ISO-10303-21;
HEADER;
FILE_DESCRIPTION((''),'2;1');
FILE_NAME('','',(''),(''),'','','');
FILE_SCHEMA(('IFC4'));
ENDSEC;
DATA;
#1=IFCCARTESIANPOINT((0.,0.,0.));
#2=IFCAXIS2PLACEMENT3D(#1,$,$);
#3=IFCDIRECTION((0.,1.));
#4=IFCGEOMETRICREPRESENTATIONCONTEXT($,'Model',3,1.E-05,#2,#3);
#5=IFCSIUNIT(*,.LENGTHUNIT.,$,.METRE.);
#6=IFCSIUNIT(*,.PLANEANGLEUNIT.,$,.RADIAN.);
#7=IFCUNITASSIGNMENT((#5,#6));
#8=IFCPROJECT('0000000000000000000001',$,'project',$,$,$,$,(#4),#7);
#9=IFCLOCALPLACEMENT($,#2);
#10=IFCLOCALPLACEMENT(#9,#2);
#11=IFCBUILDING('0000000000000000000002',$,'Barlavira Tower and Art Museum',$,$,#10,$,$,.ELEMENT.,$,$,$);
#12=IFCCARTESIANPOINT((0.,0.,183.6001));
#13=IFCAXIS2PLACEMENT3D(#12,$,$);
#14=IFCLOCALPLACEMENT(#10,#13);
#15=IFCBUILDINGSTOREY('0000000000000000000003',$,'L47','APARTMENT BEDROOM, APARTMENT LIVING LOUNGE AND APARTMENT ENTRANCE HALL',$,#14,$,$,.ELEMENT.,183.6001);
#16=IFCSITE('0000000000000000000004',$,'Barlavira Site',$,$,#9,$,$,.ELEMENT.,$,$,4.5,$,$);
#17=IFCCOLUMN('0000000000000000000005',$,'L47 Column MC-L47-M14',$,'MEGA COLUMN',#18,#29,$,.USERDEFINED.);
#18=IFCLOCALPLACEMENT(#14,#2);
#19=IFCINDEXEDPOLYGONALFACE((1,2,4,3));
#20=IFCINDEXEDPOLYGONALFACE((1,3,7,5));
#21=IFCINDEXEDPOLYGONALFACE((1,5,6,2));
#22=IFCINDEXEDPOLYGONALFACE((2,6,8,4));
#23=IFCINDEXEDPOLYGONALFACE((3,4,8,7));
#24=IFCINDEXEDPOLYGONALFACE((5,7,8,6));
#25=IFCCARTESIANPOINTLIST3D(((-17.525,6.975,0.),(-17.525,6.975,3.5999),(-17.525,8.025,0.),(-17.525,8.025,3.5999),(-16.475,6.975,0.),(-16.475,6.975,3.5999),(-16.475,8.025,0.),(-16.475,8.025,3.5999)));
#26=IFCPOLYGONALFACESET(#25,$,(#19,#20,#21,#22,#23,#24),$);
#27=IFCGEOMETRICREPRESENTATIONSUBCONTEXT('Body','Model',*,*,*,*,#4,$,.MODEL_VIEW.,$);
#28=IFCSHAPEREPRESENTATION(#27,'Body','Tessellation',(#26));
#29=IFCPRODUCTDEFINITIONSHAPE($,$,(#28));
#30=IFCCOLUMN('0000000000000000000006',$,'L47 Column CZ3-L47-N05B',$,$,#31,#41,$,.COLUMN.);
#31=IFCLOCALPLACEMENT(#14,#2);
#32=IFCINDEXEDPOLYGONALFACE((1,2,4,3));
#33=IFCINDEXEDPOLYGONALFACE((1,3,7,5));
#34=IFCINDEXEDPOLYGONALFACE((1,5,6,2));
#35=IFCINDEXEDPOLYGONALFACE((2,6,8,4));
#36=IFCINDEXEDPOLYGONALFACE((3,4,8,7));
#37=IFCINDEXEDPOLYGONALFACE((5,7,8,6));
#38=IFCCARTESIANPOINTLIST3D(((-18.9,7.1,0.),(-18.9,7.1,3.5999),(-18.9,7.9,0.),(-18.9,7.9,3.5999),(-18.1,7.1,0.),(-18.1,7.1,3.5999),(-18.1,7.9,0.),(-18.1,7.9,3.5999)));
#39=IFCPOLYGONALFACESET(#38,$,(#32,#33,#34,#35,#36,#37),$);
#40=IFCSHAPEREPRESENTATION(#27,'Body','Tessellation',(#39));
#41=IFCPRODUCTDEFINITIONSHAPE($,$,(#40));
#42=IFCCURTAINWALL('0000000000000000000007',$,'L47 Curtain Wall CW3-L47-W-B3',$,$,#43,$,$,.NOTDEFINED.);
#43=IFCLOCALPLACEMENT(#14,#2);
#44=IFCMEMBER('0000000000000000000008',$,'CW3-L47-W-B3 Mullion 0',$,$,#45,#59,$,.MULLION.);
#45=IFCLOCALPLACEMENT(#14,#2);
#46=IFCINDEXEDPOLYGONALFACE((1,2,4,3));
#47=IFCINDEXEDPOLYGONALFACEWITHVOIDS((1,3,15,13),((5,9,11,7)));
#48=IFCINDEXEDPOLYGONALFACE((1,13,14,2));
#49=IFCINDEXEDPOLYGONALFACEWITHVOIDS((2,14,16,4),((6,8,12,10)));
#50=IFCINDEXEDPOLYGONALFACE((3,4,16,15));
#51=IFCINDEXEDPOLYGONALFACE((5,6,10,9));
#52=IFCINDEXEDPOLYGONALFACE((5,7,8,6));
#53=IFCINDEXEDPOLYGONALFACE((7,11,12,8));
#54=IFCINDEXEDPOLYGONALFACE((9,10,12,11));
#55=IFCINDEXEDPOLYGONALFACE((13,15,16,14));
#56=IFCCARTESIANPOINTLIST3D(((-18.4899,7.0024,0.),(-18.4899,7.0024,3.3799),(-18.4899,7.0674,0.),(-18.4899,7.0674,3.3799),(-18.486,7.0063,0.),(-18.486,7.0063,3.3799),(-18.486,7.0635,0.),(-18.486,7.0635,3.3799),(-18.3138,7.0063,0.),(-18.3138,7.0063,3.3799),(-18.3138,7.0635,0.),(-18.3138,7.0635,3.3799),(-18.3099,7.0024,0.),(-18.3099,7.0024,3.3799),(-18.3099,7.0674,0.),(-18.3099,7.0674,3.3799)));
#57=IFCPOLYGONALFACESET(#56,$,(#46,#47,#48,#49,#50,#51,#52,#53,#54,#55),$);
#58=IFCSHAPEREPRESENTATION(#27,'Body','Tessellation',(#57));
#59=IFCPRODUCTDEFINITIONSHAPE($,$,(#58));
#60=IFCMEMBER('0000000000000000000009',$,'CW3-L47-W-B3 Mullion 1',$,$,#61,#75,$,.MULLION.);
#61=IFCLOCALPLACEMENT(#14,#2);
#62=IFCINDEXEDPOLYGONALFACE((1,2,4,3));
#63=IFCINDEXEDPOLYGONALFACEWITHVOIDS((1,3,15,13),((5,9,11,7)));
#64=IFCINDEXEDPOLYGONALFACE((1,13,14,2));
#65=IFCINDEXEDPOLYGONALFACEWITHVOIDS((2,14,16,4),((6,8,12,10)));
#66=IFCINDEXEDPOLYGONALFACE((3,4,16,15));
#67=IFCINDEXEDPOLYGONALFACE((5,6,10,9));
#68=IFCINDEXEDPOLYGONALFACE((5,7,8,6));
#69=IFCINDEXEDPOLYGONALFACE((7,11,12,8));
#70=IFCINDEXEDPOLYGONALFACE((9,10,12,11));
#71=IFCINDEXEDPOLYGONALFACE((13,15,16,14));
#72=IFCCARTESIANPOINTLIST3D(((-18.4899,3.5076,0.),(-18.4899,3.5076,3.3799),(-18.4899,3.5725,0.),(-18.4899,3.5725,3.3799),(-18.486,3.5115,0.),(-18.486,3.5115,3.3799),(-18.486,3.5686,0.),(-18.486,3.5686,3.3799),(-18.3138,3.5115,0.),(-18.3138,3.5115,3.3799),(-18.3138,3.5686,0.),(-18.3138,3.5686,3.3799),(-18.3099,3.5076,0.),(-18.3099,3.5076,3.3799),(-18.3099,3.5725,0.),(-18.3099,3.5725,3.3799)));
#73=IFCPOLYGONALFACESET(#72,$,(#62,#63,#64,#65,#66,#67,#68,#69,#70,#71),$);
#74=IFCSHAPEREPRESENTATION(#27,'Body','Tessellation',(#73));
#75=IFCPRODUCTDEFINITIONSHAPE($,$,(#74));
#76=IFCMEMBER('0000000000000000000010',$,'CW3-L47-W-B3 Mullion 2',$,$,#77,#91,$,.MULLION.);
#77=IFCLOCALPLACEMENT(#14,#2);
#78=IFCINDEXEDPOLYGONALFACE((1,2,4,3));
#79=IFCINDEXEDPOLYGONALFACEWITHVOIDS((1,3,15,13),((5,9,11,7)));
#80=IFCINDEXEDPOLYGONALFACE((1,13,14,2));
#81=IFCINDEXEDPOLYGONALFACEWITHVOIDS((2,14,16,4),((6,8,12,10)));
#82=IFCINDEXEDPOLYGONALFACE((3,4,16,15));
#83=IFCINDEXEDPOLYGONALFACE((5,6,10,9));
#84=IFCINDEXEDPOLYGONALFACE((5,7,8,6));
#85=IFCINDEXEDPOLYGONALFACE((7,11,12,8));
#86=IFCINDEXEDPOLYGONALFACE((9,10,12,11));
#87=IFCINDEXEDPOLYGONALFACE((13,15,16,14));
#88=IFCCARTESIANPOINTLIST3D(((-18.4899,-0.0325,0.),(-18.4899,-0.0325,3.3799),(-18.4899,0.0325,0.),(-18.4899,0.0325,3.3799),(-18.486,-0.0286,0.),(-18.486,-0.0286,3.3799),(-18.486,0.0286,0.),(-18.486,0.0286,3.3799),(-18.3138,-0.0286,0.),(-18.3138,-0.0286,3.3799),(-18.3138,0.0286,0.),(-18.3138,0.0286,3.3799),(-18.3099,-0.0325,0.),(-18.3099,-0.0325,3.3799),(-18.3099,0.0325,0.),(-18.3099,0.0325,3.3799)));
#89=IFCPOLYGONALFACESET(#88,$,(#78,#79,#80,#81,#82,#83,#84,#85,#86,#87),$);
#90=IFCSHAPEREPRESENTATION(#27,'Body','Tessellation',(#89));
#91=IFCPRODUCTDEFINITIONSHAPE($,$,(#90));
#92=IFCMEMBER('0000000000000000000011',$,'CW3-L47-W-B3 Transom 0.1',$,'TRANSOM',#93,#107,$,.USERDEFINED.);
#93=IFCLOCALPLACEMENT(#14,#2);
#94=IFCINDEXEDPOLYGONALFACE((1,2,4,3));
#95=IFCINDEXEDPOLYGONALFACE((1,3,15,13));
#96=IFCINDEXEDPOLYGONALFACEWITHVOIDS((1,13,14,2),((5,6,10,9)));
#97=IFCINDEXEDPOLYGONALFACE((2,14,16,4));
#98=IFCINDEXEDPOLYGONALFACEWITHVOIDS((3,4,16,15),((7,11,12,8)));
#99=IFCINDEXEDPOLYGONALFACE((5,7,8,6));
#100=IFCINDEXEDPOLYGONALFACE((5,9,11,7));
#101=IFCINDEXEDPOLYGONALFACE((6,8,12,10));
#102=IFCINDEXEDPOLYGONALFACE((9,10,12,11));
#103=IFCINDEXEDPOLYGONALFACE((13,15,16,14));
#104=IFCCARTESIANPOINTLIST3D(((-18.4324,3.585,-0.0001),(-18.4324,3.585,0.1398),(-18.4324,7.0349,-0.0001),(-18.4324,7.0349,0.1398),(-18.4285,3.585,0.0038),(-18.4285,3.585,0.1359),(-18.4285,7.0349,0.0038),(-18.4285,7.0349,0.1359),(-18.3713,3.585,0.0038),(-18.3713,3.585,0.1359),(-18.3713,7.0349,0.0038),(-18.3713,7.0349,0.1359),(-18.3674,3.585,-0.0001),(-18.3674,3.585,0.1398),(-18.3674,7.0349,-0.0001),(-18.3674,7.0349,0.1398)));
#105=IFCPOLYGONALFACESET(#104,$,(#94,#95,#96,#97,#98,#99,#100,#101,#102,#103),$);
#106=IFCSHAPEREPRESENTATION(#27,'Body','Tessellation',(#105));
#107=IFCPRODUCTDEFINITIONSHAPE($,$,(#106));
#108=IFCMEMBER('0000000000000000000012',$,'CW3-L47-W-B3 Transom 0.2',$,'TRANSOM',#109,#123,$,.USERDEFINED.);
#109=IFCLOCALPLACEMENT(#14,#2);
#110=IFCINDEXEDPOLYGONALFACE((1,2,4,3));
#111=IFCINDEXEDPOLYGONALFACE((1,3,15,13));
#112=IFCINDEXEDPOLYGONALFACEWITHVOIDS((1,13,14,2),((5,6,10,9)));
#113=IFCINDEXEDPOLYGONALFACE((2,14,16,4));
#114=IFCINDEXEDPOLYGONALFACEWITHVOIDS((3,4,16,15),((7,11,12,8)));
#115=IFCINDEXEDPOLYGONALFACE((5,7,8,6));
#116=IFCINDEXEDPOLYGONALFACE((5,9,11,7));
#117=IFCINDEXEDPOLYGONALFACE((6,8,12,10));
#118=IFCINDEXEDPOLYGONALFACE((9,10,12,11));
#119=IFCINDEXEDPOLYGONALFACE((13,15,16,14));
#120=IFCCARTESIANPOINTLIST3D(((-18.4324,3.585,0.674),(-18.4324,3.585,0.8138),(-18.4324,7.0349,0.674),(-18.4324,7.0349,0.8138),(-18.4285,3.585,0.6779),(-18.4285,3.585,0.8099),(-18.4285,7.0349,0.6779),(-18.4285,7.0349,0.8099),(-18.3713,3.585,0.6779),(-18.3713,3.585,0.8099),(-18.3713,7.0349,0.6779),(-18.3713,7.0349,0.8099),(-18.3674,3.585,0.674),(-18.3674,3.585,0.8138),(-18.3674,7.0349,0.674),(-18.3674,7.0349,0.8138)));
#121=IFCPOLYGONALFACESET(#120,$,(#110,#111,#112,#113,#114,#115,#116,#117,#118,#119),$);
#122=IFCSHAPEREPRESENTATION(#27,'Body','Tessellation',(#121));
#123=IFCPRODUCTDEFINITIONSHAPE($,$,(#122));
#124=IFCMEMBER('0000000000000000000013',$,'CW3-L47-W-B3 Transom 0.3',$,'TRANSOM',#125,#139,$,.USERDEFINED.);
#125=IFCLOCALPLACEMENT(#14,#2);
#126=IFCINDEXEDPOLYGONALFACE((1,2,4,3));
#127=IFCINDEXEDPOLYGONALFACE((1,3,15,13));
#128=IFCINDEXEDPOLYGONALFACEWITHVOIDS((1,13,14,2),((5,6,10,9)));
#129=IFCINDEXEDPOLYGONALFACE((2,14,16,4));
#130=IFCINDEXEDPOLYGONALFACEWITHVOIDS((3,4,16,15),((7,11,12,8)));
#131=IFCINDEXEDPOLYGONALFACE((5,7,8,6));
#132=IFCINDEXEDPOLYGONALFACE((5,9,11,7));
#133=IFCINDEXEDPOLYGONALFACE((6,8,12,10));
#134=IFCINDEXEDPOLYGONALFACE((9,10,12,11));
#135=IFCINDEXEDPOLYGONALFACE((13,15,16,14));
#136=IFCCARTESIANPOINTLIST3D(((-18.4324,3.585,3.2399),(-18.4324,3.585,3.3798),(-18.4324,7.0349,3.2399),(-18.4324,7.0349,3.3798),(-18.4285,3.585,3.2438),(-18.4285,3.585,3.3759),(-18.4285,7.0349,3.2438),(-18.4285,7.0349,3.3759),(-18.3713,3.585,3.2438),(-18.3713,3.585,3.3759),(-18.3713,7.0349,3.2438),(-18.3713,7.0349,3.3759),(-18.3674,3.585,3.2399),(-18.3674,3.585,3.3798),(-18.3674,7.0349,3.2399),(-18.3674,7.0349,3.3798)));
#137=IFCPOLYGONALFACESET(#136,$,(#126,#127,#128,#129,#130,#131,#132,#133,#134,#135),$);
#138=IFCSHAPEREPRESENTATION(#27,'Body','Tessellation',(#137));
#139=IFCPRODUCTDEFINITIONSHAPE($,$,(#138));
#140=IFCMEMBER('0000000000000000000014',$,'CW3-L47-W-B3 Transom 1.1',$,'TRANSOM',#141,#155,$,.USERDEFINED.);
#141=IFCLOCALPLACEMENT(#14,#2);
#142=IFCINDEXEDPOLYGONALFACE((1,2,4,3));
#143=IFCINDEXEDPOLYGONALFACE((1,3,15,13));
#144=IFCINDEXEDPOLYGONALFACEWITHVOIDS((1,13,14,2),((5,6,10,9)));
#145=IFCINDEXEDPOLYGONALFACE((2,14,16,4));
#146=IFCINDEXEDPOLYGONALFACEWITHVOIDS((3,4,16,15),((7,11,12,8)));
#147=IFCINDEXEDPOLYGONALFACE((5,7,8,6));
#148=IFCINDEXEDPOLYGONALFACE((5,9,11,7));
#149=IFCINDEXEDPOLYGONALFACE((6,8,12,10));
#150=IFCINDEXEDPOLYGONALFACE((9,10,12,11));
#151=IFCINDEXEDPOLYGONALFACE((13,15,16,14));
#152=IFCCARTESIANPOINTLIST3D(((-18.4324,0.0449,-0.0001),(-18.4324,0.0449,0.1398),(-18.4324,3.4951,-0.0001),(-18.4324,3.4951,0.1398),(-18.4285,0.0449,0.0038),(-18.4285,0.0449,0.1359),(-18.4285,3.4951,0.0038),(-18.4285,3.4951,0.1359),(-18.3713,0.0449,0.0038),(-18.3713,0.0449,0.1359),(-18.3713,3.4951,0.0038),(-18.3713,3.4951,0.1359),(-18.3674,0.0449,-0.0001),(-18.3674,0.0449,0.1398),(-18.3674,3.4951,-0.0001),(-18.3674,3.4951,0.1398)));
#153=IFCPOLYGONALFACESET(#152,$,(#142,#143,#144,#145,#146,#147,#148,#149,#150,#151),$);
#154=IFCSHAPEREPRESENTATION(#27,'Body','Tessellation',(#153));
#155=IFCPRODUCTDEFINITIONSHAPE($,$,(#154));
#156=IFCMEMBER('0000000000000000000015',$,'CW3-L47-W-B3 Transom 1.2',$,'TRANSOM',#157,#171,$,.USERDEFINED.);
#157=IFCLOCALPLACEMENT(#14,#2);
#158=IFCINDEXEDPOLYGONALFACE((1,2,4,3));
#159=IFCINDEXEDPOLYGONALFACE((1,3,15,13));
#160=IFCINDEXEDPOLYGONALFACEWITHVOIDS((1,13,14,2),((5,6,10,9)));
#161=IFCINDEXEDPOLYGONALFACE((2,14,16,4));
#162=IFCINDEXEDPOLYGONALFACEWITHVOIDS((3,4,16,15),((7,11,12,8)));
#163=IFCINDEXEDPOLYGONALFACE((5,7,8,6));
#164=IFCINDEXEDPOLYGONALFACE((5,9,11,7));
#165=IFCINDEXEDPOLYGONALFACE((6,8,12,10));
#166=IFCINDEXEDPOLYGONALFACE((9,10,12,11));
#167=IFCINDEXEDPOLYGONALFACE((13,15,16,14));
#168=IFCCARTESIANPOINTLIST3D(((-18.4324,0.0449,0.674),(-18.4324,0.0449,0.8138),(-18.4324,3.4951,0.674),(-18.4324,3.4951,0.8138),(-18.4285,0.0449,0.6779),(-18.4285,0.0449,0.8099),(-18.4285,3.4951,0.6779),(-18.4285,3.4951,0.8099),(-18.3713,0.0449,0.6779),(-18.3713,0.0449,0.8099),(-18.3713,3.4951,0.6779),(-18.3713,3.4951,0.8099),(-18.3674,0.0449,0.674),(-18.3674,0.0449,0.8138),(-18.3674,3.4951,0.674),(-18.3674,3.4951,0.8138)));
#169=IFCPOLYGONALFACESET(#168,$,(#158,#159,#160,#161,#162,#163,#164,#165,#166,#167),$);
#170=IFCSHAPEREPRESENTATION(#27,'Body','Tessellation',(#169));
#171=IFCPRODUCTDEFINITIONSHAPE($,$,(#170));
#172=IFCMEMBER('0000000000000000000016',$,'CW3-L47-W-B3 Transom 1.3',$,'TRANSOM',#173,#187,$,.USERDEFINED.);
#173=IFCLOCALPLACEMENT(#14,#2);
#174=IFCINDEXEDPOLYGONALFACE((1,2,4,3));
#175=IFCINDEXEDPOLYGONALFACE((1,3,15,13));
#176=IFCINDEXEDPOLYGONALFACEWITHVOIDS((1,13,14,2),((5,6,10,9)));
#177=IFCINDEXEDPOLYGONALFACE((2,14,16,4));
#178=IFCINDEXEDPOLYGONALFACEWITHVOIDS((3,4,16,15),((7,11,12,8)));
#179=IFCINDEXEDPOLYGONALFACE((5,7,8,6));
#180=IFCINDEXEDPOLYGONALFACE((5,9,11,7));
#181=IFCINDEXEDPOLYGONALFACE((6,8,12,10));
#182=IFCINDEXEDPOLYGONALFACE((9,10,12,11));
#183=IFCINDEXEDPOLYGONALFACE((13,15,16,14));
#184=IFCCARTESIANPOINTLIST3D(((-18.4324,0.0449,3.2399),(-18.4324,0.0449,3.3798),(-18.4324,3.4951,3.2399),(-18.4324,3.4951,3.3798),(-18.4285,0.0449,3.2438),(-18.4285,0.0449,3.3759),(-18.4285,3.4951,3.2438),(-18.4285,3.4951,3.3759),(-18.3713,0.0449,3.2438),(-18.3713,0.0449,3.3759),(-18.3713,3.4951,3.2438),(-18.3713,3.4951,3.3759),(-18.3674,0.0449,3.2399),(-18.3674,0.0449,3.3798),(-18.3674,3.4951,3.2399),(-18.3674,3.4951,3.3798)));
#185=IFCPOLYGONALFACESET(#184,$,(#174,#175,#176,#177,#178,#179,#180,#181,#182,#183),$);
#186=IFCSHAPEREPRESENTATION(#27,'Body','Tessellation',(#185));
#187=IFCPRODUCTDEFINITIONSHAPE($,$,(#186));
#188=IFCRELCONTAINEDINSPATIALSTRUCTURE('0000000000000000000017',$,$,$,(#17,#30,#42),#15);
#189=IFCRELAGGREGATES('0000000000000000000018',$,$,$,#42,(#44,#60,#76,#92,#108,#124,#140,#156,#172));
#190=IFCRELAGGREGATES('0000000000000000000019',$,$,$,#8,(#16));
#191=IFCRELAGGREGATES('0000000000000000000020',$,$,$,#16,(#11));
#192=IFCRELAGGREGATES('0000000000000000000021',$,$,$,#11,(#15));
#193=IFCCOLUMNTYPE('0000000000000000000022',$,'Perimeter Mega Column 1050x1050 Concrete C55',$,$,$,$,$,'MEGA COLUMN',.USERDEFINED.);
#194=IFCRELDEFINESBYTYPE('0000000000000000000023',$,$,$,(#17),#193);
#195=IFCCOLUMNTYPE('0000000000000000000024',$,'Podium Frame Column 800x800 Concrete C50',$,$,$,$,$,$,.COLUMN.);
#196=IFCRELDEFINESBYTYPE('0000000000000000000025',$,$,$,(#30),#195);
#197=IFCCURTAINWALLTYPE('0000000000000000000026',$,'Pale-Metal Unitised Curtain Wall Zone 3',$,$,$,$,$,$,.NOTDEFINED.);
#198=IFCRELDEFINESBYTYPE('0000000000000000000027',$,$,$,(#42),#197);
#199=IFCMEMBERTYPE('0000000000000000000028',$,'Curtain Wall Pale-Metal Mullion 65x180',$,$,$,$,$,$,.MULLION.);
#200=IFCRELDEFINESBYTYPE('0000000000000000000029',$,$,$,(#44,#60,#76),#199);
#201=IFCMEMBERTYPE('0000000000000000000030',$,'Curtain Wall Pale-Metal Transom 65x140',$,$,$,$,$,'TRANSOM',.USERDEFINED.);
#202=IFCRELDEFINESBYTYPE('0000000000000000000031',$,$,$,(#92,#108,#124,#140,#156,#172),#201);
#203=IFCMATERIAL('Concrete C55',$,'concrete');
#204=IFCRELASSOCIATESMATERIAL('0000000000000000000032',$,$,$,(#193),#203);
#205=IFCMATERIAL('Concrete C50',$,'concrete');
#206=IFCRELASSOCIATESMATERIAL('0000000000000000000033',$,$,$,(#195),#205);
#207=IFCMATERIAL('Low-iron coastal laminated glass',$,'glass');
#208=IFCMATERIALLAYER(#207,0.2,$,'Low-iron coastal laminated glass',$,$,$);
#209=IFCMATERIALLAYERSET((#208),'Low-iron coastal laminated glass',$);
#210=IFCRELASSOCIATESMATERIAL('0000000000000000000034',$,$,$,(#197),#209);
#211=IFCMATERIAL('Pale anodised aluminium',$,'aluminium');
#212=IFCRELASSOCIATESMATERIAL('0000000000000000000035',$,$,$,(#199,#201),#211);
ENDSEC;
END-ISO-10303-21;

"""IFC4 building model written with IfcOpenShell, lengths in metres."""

from ifc_helpers import new_model, si_unit, direction, frame, origin, origin_2d, place, context, subcontext, project, spatial, rectangle, hollow_rectangle, extrude, material, layer, layer_set, material_profile, profile_set, type_object, element, aggregate, save


model = new_model("IFC4")

# Units and contexts
model_context = context("Model", 3, precision=1e-05, world=origin(), true_north=direction((0.0, 1.0)))
body_context = subcontext(model_context, "Body", "Model", "MODEL_VIEW")
ifc_project = project(units=[si_unit("LENGTHUNIT", "METRE"), si_unit("PLANEANGLEUNIT", "RADIAN")], contexts=[model_context])

# Site, building, storey
site_placement = place(None, origin())
site = spatial("IfcSite", under=ifc_project, at=site_placement, Name="Barlavira Site", CompositionType="ELEMENT", RefElevation=4.5)
building_placement = place(site_placement, origin())
building = spatial("IfcBuilding", under=site, at=building_placement, Name="Barlavira Tower and Art Museum", CompositionType="ELEMENT")
storey_placement = place(building_placement, frame((0.0, 0.0, 183.6001)))
storey = spatial("IfcBuildingStorey", under=building, at=storey_placement, Name="L47", Description="APARTMENT BEDROOM, APARTMENT LIVING LOUNGE AND APARTMENT ENTRANCE HALL", CompositionType="ELEMENT", Elevation=183.6001)

# Columns
ifc_material_1 = material(Name="Concrete C55", Category="concrete")
ifc_material_profile_1 = material_profile(ifc_material_1, rectangle(XDim=1.05, YDim=1.05, at=origin_2d()), Name="RC-COL 1050x1050")
ifc_profile_set_1 = profile_set([ifc_material_profile_1], Name="Concrete C55")
column_type_1 = type_object("IfcColumnType", Name="Perimeter Mega Column 1050x1050 Concrete C55", ElementType="MEGA COLUMN", PredefinedType="USERDEFINED", material=ifc_profile_set_1)
column_1_placement = place(storey_placement, frame((-17.0, 7.5, 0.0), z_axis=(0.0, 0.0, 1.0), x_axis=(1.0, 0.0, 0.0)))
element("IfcColumn", 1, at=column_1_placement, inside=storey, type_object=column_type_1, Name="L47 Column MC-L47-M14", ObjectType="MEGA COLUMN", PredefinedType="USERDEFINED", context=body_context, shape_type="SweptSolid", body=[
    extrude(rectangle(XDim=1.05, YDim=1.05, at=origin_2d()), origin(), (0.0, 0.0, 1.0), 3.5999),
])
ifc_material_2 = material(Name="Concrete C50", Category="concrete")
ifc_material_profile_2 = material_profile(ifc_material_2, rectangle(XDim=0.8, YDim=0.8, at=origin_2d()), Name="RC-COL 800x800")
ifc_profile_set_2 = profile_set([ifc_material_profile_2], Name="Concrete C50")
column_type_2 = type_object("IfcColumnType", Name="Podium Frame Column 800x800 Concrete C50", PredefinedType="COLUMN", material=ifc_profile_set_2)
column_2_placement = place(storey_placement, frame((-18.5, 7.5, 0.0), z_axis=(0.0, 0.0, 1.0), x_axis=(1.0, 0.0, 0.0)))
element("IfcColumn", 2, at=column_2_placement, inside=storey, type_object=column_type_2, Name="L47 Column CZ3-L47-N05B", PredefinedType="COLUMN", context=body_context, shape_type="SweptSolid", body=[
    extrude(rectangle(XDim=0.8, YDim=0.8, at=origin_2d()), origin(), (0.0, 0.0, 1.0), 3.5999),
])

# Curtain wall, members
ifc_material_3 = material(Name="Low-iron coastal laminated glass", Category="glass")
ifc_layer_1 = layer(ifc_material_3, 0.2, Name="Low-iron coastal laminated glass")
ifc_layer_set_1 = layer_set([ifc_layer_1], Name="Low-iron coastal laminated glass")
curtain_wall_type = type_object("IfcCurtainWallType", Name="Pale-Metal Unitised Curtain Wall Zone 3", PredefinedType="NOTDEFINED", material=ifc_layer_set_1)
curtain_wall_placement = place(storey_placement, origin())
curtain_wall = element("IfcCurtainWall", 3, at=curtain_wall_placement, inside=storey, type_object=curtain_wall_type, Name="L47 Curtain Wall CW3-L47-W-B3", PredefinedType="NOTDEFINED")
ifc_material_4 = material(Name="Pale anodised aluminium", Category="aluminium")
ifc_material_profile_3 = material_profile(ifc_material_4, hollow_rectangle(XDim=0.0649, YDim=0.1799, WallThickness=0.0039, at=origin_2d()), Name="ALU-MULL 65x180x4")
ifc_profile_set_3 = profile_set([ifc_material_profile_3], Name="Pale anodised aluminium")
member_type_1 = type_object("IfcMemberType", Name="Curtain Wall Pale-Metal Mullion 65x180", PredefinedType="MULLION", material=ifc_profile_set_3)
member_1_placement = place(storey_placement, frame((-18.3999, 7.0349, 0.0), z_axis=(0.0, 0.0, 1.0), x_axis=(0.0, -1.0, 0.0)))
member_1 = element("IfcMember", 4, at=member_1_placement, type_object=member_type_1, Name="CW3-L47-W-B3 Mullion 0", PredefinedType="MULLION", context=body_context, shape_type="SweptSolid", body=[
    extrude(hollow_rectangle(XDim=0.0649, YDim=0.1799, WallThickness=0.0039, at=origin_2d()), origin(), (0.0, 0.0, 1.0), 3.3799),
])
member_2_placement = place(storey_placement, frame((-18.3999, 3.54, 0.0), z_axis=(0.0, 0.0, 1.0), x_axis=(0.0, -1.0, 0.0)))
member_2 = element("IfcMember", 5, at=member_2_placement, type_object=member_type_1, Name="CW3-L47-W-B3 Mullion 1", PredefinedType="MULLION", context=body_context, shape_type="SweptSolid", body=[
    extrude(hollow_rectangle(XDim=0.0649, YDim=0.1799, WallThickness=0.0039, at=origin_2d()), origin(), (0.0, 0.0, 1.0), 3.3799),
])
member_3_placement = place(storey_placement, frame((-18.3999, 0.0, 0.0), z_axis=(0.0, 0.0, 1.0), x_axis=(0.0, -1.0, 0.0)))
member_3 = element("IfcMember", 6, at=member_3_placement, type_object=member_type_1, Name="CW3-L47-W-B3 Mullion 2", PredefinedType="MULLION", context=body_context, shape_type="SweptSolid", body=[
    extrude(hollow_rectangle(XDim=0.0649, YDim=0.1799, WallThickness=0.0039, at=origin_2d()), origin(), (0.0, 0.0, 1.0), 3.3799),
])
ifc_material_profile_4 = material_profile(ifc_material_4, hollow_rectangle(XDim=0.0649, YDim=0.1399, WallThickness=0.0039, at=origin_2d()), Name="ALU-TRAN 65x140x4")
ifc_profile_set_4 = profile_set([ifc_material_profile_4], Name="Pale anodised aluminium")
member_type_2 = type_object("IfcMemberType", Name="Curtain Wall Pale-Metal Transom 65x140", ElementType="TRANSOM", PredefinedType="USERDEFINED", material=ifc_profile_set_4)
member_4_placement = place(storey_placement, frame((-18.3999, 7.0349, 0.0698), z_axis=(0.0, -1.0, 0.0), x_axis=(1.0, 0.0, 0.0)))
member_4 = element("IfcMember", 7, at=member_4_placement, type_object=member_type_2, Name="CW3-L47-W-B3 Transom 0.1", ObjectType="TRANSOM", PredefinedType="USERDEFINED", context=body_context, shape_type="SweptSolid", body=[
    extrude(hollow_rectangle(XDim=0.0649, YDim=0.1399, WallThickness=0.0039, at=origin_2d()), origin(), (0.0, 0.0, 1.0), 3.45),
])
member_5_placement = place(storey_placement, frame((-18.3999, 7.0349, 0.7439), z_axis=(0.0, -1.0, 0.0), x_axis=(1.0, 0.0, 0.0)))
member_5 = element("IfcMember", 8, at=member_5_placement, type_object=member_type_2, Name="CW3-L47-W-B3 Transom 0.2", ObjectType="TRANSOM", PredefinedType="USERDEFINED", context=body_context, shape_type="SweptSolid", body=[
    extrude(hollow_rectangle(XDim=0.0649, YDim=0.1399, WallThickness=0.0039, at=origin_2d()), origin(), (0.0, 0.0, 1.0), 3.45),
])
member_6_placement = place(storey_placement, frame((-18.3999, 7.0349, 3.3098), z_axis=(0.0, -1.0, 0.0), x_axis=(1.0, 0.0, 0.0)))
member_6 = element("IfcMember", 9, at=member_6_placement, type_object=member_type_2, Name="CW3-L47-W-B3 Transom 0.3", ObjectType="TRANSOM", PredefinedType="USERDEFINED", context=body_context, shape_type="SweptSolid", body=[
    extrude(hollow_rectangle(XDim=0.0649, YDim=0.1399, WallThickness=0.0039, at=origin_2d()), origin(), (0.0, 0.0, 1.0), 3.45),
])
member_7_placement = place(storey_placement, frame((-18.3999, 3.4951, 0.0698), z_axis=(0.0, -1.0, 0.0), x_axis=(1.0, 0.0, 0.0)))
member_7 = element("IfcMember", 10, at=member_7_placement, type_object=member_type_2, Name="CW3-L47-W-B3 Transom 1.1", ObjectType="TRANSOM", PredefinedType="USERDEFINED", context=body_context, shape_type="SweptSolid", body=[
    extrude(hollow_rectangle(XDim=0.0649, YDim=0.1399, WallThickness=0.0039, at=origin_2d()), origin(), (0.0, 0.0, 1.0), 3.4502),
])
member_8_placement = place(storey_placement, frame((-18.3999, 3.4951, 0.7439), z_axis=(0.0, -1.0, 0.0), x_axis=(1.0, 0.0, 0.0)))
member_8 = element("IfcMember", 11, at=member_8_placement, type_object=member_type_2, Name="CW3-L47-W-B3 Transom 1.2", ObjectType="TRANSOM", PredefinedType="USERDEFINED", context=body_context, shape_type="SweptSolid", body=[
    extrude(hollow_rectangle(XDim=0.0649, YDim=0.1399, WallThickness=0.0039, at=origin_2d()), origin(), (0.0, 0.0, 1.0), 3.4502),
])
member_9_placement = place(storey_placement, frame((-18.3999, 3.4951, 3.3098), z_axis=(0.0, -1.0, 0.0), x_axis=(1.0, 0.0, 0.0)))
member_9 = element("IfcMember", 12, at=member_9_placement, type_object=member_type_2, Name="CW3-L47-W-B3 Transom 1.3", ObjectType="TRANSOM", PredefinedType="USERDEFINED", context=body_context, shape_type="SweptSolid", body=[
    extrude(hollow_rectangle(XDim=0.0649, YDim=0.1399, WallThickness=0.0039, at=origin_2d()), origin(), (0.0, 0.0, 1.0), 3.4502),
])

aggregate(curtain_wall, [member_1, member_2, member_3, member_4, member_5, member_6, member_7, member_8, member_9])

save(model, "model.ifc")
